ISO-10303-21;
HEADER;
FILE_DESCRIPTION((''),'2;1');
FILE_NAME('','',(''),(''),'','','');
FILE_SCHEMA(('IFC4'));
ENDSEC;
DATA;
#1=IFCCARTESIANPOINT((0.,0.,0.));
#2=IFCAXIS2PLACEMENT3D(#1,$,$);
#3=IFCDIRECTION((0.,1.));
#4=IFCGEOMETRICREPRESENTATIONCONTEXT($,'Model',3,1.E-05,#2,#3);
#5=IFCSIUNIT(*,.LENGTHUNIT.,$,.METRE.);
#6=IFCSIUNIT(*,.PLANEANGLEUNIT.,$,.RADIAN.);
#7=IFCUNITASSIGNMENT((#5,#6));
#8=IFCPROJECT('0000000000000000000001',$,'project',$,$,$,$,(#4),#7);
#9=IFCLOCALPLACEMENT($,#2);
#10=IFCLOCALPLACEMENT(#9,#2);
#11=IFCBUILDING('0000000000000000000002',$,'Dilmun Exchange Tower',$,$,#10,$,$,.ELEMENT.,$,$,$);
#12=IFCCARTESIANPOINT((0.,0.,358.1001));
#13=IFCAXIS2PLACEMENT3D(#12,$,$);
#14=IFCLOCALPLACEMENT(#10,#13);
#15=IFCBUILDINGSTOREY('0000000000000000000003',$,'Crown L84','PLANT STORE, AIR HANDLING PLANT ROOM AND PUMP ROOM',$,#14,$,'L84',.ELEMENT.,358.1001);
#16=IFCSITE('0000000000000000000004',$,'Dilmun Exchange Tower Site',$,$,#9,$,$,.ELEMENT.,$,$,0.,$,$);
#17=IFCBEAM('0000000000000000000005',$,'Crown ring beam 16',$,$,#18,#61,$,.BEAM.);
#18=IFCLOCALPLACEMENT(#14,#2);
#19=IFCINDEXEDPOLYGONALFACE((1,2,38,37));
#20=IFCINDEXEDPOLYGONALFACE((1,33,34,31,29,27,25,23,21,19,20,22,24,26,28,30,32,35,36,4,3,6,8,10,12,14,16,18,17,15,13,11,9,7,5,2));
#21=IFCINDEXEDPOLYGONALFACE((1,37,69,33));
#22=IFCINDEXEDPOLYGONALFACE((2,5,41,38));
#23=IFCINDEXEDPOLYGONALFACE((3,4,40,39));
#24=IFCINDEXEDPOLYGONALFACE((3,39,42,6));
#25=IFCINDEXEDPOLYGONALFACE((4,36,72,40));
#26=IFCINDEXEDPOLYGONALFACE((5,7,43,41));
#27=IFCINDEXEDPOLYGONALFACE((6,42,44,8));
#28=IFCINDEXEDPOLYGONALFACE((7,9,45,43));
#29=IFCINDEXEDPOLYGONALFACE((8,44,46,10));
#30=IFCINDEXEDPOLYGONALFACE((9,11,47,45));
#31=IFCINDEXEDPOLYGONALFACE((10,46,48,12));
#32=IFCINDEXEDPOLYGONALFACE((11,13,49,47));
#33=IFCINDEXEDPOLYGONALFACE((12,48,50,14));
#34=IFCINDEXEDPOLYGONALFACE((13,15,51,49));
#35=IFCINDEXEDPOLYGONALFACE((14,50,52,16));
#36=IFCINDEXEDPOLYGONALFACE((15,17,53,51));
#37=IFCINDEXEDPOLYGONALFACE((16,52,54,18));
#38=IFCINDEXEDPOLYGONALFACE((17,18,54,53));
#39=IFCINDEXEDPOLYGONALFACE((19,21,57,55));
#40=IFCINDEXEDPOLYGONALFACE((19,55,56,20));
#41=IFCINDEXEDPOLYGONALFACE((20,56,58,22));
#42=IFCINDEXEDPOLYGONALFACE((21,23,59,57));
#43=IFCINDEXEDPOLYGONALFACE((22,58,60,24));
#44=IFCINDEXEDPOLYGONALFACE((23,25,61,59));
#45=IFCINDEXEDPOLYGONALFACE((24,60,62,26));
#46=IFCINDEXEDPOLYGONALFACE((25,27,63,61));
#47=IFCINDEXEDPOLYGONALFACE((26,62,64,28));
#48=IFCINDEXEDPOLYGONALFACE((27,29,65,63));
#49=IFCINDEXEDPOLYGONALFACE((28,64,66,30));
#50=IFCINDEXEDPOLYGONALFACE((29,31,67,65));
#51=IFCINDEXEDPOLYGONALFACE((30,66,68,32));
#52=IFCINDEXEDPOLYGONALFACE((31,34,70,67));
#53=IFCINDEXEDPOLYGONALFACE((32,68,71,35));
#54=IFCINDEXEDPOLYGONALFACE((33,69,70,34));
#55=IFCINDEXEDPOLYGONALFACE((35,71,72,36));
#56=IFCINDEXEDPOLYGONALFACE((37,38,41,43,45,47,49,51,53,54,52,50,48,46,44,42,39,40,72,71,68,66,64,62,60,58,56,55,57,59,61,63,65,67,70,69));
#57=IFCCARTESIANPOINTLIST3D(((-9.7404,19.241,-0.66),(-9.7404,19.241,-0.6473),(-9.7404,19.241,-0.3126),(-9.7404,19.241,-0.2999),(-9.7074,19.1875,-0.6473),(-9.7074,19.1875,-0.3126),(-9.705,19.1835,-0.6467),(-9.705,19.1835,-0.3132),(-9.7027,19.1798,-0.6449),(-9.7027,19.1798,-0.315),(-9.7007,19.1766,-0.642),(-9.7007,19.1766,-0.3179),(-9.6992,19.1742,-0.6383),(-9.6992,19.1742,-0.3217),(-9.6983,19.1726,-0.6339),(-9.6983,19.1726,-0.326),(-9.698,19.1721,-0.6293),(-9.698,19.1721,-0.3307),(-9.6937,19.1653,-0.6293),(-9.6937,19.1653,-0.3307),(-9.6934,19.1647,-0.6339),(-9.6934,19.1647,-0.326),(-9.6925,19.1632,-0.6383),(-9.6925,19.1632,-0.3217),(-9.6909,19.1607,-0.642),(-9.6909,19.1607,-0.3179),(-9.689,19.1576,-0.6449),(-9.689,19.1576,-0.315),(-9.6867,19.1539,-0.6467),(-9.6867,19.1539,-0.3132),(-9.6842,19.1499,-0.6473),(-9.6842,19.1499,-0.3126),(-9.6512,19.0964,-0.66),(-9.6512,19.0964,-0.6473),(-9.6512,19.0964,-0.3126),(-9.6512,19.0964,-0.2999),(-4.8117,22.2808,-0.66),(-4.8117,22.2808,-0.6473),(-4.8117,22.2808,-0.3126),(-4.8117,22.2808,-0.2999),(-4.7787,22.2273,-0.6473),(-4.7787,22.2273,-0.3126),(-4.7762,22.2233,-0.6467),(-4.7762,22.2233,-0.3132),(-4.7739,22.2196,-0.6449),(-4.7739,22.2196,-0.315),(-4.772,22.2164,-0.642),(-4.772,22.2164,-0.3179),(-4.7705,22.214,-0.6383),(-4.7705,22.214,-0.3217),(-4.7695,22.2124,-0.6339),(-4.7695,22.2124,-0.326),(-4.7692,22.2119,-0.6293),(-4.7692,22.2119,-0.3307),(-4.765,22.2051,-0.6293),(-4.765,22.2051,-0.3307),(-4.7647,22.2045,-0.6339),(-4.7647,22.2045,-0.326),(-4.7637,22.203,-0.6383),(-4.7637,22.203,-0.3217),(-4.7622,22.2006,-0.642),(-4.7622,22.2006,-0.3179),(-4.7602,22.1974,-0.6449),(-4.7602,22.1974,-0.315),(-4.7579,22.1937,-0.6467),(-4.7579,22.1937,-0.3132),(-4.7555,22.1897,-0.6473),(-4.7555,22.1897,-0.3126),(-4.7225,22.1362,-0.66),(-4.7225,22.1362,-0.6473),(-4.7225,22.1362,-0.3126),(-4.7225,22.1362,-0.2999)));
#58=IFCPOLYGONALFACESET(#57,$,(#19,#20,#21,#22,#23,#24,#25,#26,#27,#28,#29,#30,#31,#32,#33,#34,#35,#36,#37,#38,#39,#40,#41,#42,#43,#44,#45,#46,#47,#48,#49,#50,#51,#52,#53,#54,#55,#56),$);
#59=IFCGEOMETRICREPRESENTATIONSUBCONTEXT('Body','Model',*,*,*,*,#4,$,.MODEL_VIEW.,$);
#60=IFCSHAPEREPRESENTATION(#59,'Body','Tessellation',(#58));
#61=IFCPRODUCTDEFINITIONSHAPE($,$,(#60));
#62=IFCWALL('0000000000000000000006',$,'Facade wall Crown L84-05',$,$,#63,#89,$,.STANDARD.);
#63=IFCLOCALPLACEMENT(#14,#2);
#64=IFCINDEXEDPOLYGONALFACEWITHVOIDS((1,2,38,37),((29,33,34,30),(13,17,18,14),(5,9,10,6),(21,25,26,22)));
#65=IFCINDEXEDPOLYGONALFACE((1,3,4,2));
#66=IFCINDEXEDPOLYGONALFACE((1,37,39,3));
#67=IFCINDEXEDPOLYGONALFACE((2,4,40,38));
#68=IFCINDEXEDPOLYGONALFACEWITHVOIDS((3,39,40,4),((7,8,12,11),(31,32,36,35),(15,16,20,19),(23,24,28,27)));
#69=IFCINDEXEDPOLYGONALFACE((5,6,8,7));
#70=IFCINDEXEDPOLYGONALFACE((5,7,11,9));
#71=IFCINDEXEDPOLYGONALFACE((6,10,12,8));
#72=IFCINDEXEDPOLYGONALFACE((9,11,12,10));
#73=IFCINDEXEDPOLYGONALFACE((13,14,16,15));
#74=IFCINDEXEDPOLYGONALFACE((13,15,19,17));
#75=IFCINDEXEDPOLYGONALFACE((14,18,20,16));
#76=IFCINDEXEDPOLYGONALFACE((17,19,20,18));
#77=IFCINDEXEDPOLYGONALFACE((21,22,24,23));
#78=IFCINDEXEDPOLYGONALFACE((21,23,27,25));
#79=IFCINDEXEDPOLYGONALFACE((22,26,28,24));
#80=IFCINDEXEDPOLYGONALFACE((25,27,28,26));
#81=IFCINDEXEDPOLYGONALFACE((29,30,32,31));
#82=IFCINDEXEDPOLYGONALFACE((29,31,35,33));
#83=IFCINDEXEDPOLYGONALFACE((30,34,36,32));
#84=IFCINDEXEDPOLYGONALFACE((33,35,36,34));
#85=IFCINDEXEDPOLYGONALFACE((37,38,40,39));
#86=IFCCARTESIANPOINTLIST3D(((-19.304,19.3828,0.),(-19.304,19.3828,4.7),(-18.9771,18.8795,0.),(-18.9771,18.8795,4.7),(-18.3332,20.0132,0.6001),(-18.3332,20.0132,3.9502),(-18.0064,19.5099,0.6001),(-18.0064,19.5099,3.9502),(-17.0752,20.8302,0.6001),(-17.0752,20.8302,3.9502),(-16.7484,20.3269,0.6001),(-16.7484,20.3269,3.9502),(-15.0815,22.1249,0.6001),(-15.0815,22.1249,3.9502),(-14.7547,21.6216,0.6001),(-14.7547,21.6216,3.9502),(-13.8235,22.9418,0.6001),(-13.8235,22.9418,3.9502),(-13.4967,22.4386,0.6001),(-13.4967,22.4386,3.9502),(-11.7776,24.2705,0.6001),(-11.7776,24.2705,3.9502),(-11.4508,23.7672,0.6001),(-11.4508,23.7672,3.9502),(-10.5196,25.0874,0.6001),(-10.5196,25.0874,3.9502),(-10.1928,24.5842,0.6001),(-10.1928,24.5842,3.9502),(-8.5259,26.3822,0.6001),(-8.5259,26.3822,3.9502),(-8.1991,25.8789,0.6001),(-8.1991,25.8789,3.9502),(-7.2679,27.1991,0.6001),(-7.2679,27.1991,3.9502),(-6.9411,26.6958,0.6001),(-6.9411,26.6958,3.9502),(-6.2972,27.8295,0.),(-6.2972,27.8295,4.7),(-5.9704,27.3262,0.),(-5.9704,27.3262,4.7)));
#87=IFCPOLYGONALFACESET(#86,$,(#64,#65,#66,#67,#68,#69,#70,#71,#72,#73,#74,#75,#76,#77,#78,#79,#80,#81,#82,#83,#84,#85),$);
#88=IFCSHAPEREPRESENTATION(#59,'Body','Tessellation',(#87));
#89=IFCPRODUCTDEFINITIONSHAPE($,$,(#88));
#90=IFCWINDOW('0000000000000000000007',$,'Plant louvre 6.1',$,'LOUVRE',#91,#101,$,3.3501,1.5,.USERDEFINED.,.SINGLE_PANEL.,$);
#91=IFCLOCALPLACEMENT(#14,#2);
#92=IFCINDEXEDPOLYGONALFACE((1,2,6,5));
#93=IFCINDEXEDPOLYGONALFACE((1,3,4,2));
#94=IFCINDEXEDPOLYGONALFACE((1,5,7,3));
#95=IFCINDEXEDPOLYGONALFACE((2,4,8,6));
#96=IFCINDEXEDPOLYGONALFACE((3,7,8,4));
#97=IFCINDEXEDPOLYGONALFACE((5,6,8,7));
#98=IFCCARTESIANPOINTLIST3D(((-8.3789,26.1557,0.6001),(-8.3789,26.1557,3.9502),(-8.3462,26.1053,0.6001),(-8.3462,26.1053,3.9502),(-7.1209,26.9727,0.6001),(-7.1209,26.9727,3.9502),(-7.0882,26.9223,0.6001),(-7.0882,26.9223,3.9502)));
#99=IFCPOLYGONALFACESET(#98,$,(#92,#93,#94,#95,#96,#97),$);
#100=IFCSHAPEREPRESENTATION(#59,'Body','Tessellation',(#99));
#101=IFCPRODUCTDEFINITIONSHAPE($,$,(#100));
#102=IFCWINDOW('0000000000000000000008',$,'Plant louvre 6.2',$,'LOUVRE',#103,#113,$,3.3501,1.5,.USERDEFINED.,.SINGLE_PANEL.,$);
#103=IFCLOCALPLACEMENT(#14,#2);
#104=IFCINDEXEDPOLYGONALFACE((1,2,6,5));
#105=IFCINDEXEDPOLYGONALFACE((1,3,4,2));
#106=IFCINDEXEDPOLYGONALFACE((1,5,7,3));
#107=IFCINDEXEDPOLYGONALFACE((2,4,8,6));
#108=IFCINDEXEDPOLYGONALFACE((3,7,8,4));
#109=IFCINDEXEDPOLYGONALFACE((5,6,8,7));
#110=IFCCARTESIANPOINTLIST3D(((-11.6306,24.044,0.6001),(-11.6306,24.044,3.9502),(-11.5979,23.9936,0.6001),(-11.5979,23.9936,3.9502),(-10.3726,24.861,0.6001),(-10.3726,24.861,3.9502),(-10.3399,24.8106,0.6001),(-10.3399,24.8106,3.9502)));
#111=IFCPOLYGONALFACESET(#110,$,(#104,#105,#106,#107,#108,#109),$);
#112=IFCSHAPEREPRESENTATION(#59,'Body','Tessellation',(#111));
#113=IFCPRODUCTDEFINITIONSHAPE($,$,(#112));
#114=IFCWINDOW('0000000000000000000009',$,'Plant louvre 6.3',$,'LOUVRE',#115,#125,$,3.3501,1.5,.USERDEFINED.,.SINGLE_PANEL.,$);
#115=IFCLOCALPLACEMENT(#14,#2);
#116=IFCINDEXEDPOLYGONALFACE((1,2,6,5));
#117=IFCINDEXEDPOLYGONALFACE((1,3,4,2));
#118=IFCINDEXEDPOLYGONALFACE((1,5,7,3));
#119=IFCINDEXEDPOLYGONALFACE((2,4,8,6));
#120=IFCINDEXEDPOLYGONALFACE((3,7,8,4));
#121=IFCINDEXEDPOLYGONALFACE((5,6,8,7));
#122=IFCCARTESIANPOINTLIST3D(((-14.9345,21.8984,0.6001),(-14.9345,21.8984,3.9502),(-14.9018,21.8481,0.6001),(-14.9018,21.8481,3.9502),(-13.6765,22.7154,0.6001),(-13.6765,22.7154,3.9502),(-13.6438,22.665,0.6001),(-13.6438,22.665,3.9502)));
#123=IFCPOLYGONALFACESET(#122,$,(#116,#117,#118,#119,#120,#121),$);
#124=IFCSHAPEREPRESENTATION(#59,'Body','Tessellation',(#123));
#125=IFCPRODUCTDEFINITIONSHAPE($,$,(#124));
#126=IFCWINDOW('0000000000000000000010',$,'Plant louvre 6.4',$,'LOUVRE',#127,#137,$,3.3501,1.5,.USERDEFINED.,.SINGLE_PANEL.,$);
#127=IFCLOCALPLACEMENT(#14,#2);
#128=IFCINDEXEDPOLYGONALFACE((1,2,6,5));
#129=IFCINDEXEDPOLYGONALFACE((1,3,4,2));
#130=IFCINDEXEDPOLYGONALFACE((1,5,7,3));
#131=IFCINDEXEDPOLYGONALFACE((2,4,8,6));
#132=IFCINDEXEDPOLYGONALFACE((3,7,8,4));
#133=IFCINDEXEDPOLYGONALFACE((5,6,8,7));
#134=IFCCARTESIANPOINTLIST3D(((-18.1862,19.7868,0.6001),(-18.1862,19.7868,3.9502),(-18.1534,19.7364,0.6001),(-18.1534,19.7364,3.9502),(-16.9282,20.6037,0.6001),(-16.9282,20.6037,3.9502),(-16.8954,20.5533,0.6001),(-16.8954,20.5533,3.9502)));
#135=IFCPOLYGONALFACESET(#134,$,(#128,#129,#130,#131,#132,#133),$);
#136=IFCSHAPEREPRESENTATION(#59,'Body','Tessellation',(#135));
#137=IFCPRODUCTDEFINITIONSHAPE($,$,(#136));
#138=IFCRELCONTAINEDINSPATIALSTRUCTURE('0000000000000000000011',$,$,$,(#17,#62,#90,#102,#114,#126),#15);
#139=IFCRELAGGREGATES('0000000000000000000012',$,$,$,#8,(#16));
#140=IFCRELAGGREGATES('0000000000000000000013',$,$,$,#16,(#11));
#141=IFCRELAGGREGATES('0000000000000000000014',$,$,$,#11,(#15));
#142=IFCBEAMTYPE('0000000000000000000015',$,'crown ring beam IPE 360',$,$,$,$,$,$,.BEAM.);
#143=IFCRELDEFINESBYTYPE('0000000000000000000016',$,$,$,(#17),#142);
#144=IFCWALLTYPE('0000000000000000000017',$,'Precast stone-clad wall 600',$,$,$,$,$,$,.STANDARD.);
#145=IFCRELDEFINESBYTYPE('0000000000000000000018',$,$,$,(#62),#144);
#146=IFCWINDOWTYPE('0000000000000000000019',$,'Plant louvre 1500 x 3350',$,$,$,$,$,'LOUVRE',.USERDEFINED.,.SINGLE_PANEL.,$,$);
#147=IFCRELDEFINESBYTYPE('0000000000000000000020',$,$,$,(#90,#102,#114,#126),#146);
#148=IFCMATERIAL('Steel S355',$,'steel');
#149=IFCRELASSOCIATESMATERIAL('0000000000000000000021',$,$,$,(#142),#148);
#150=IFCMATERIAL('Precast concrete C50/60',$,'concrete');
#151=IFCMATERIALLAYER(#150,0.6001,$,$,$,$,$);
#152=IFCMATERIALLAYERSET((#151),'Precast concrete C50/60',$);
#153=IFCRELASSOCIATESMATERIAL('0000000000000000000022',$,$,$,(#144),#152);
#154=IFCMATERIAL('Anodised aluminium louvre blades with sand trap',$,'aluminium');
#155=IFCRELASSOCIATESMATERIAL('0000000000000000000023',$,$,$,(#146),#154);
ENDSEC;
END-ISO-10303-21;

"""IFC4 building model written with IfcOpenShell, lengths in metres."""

from ifc_helpers import new_model, si_unit, direction, frame, frame_2d, origin, origin_2d, place, context, subcontext, project, spatial, rectangle, i_section, extrude, material, layer, layer_set, material_profile, profile_set, type_object, element, fill, save


model = new_model("IFC4")

# Units and contexts
model_context = context("Model", 3, precision=1e-05, world=origin(), true_north=direction((0.0, 1.0)))
body_context = subcontext(model_context, "Body", "Model", "MODEL_VIEW")
ifc_project = project(units=[si_unit("LENGTHUNIT", "METRE"), si_unit("PLANEANGLEUNIT", "RADIAN")], contexts=[model_context])

# Site, building, storey
site_placement = place(None, origin())
site = spatial("IfcSite", under=ifc_project, at=site_placement, Name="Dilmun Exchange Tower Site", CompositionType="ELEMENT", RefElevation=0.0)
building_placement = place(site_placement, origin())
building = spatial("IfcBuilding", under=site, at=building_placement, Name="Dilmun Exchange Tower", CompositionType="ELEMENT")
storey_placement = place(building_placement, frame((0.0, 0.0, 358.1001)))
storey = spatial("IfcBuildingStorey", under=building, at=storey_placement, Name="Crown L84", Description="PLANT STORE, AIR HANDLING PLANT ROOM AND PUMP ROOM", LongName="L84", CompositionType="ELEMENT", Elevation=358.1001)

# Beam
ifc_material_1 = material(Name="Steel S355", Category="steel")
ifc_material_profile_1 = material_profile(ifc_material_1, i_section(OverallWidth=0.1699, OverallDepth=0.3601, WebThickness=0.0081, FlangeThickness=0.0127, FilletRadius=0.0181, at=origin_2d()), Name="IPE 360")
ifc_profile_set_1 = profile_set([ifc_material_profile_1], Name="Steel S355")
beam_type_1 = type_object("IfcBeamType", Name="crown ring beam IPE 360", PredefinedType="BEAM", material=ifc_profile_set_1)
beam_1_placement = place(storey_placement, frame((-4.7671, 22.2085, -0.48), z_axis=(-0.851138, -0.524942, 0.0), x_axis=(0.524942, -0.851138, 0.0)))
element("IfcBeam", 1, at=beam_1_placement, inside=storey, type_object=beam_type_1, Name="Crown ring beam 16", PredefinedType="BEAM", context=body_context, shape_type="SweptSolid", body=[
    extrude(i_section(OverallWidth=0.1699, OverallDepth=0.3601, WebThickness=0.0081, FlangeThickness=0.0127, FilletRadius=0.0181, at=origin_2d()), origin(), (0.0, 0.0, 1.0), 5.7908),
])

# Wall, openings, windows
ifc_material_2 = material(Name="Precast concrete C50/60", Category="concrete")
ifc_layer = layer(ifc_material_2, 0.6001)
ifc_layer_set = layer_set([ifc_layer], Name="Precast concrete C50/60")
wall_type = type_object("IfcWallType", Name="Precast stone-clad wall 600", PredefinedType="STANDARD", material=ifc_layer_set)
wall_1_placement = place(storey_placement, frame((-6.1338, 27.5779, 0.0), z_axis=(0.0, 0.0, 1.0), x_axis=(-0.838669, -0.544641, 0.0)))
wall_1 = element("IfcWall", 2, at=wall_1_placement, inside=storey, type_object=wall_type, Name="Facade wall Crown L84-05", PredefinedType="STANDARD", context=body_context, shape_type="SweptSolid", body=[
    extrude(rectangle(XDim=15.5088, YDim=0.6001, at=frame_2d((7.7544, 0.0))), origin(), (0.0, 0.0, 1.0), 4.7),
])
opening_1_placement = place(wall_1_placement, frame((1.1575, 0.0, 0.6001)))
opening_1 = element("IfcOpeningElement", 3, at=opening_1_placement, cuts=wall_1, PredefinedType="OPENING", context=body_context, shape_type="SweptSolid", body=[
    extrude(rectangle(XDim=1.5, YDim=3.3501, at=frame_2d((0.75, 1.675))), frame((0.0, 0.3101, 0.0), z_axis=(0.0, -1.0, 0.0), x_axis=(1.0, 0.0, 0.0)), (0.0, 0.0, 1.0), 0.6201),
])
opening_2_placement = place(wall_1_placement, frame((5.0347, 0.0, 0.6001)))
opening_2 = element("IfcOpeningElement", 4, at=opening_2_placement, cuts=wall_1, PredefinedType="OPENING", context=body_context, shape_type="SweptSolid", body=[
    extrude(rectangle(XDim=1.5, YDim=3.3501, at=frame_2d((0.75, 1.675))), frame((0.0, 0.3101, 0.0), z_axis=(0.0, -1.0, 0.0), x_axis=(1.0, 0.0, 0.0)), (0.0, 0.0, 1.0), 0.6201),
])
opening_3_placement = place(wall_1_placement, frame((8.9741, 0.0, 0.6001)))
opening_3 = element("IfcOpeningElement", 5, at=opening_3_placement, cuts=wall_1, PredefinedType="OPENING", context=body_context, shape_type="SweptSolid", body=[
    extrude(rectangle(XDim=1.5, YDim=3.3501, at=frame_2d((0.75, 1.675))), frame((0.0, 0.3101, 0.0), z_axis=(0.0, -1.0, 0.0), x_axis=(1.0, 0.0, 0.0)), (0.0, 0.0, 1.0), 0.6201),
])
opening_4_placement = place(wall_1_placement, frame((12.8513, 0.0, 0.6001)))
opening_4 = element("IfcOpeningElement", 6, at=opening_4_placement, cuts=wall_1, PredefinedType="OPENING", context=body_context, shape_type="SweptSolid", body=[
    extrude(rectangle(XDim=1.5, YDim=3.3501, at=frame_2d((0.75, 1.675))), frame((0.0, 0.3101, 0.0), z_axis=(0.0, -1.0, 0.0), x_axis=(1.0, 0.0, 0.0)), (0.0, 0.0, 1.0), 0.6201),
])
ifc_material_3 = material(Name="Anodised aluminium louvre blades with sand trap", Category="aluminium")
window_type_1 = type_object("IfcWindowType", Name="Plant louvre 1500 x 3350", ElementType="LOUVRE", PartitioningType="SINGLE_PANEL", PredefinedType="USERDEFINED", material=ifc_material_3)
window_1_placement = place(opening_1_placement, origin())
window_1 = element("IfcWindow", 7, at=window_1_placement, inside=storey, type_object=window_type_1, Name="Plant louvre 6.1", ObjectType="LOUVRE", OverallHeight=3.3501, OverallWidth=1.5, PartitioningType="SINGLE_PANEL", PredefinedType="USERDEFINED", context=body_context, shape_type="SweptSolid", body=[
    extrude(rectangle(XDim=1.5, YDim=3.3501, at=frame_2d((0.75, 1.675))), frame((0.0, 0.03, 0.0), z_axis=(0.0, -1.0, 0.0), x_axis=(1.0, 0.0, 0.0)), (0.0, 0.0, 1.0), 0.0601),
])
fill(opening_1, window_1)
window_2_placement = place(opening_2_placement, origin())
window_2 = element("IfcWindow", 8, at=window_2_placement, inside=storey, type_object=window_type_1, Name="Plant louvre 6.2", ObjectType="LOUVRE", OverallHeight=3.3501, OverallWidth=1.5, PartitioningType="SINGLE_PANEL", PredefinedType="USERDEFINED", context=body_context, shape_type="SweptSolid", body=[
    extrude(rectangle(XDim=1.5, YDim=3.3501, at=frame_2d((0.75, 1.675))), frame((0.0, 0.03, 0.0), z_axis=(0.0, -1.0, 0.0), x_axis=(1.0, 0.0, 0.0)), (0.0, 0.0, 1.0), 0.0601),
])
fill(opening_2, window_2)
window_3_placement = place(opening_3_placement, origin())
window_3 = element("IfcWindow", 9, at=window_3_placement, inside=storey, type_object=window_type_1, Name="Plant louvre 6.3", ObjectType="LOUVRE", OverallHeight=3.3501, OverallWidth=1.5, PartitioningType="SINGLE_PANEL", PredefinedType="USERDEFINED", context=body_context, shape_type="SweptSolid", body=[
    extrude(rectangle(XDim=1.5, YDim=3.3501, at=frame_2d((0.75, 1.675))), frame((0.0, 0.03, 0.0), z_axis=(0.0, -1.0, 0.0), x_axis=(1.0, 0.0, 0.0)), (0.0, 0.0, 1.0), 0.0601),
])
fill(opening_3, window_3)
window_4_placement = place(opening_4_placement, origin())
window_4 = element("IfcWindow", 10, at=window_4_placement, inside=storey, type_object=window_type_1, Name="Plant louvre 6.4", ObjectType="LOUVRE", OverallHeight=3.3501, OverallWidth=1.5, PartitioningType="SINGLE_PANEL", PredefinedType="USERDEFINED", context=body_context, shape_type="SweptSolid", body=[
    extrude(rectangle(XDim=1.5, YDim=3.3501, at=frame_2d((0.75, 1.675))), frame((0.0, 0.03, 0.0), z_axis=(0.0, -1.0, 0.0), x_axis=(1.0, 0.0, 0.0)), (0.0, 0.0, 1.0), 0.0601),
])
fill(opening_4, window_4)

save(model, "model.ifc")
